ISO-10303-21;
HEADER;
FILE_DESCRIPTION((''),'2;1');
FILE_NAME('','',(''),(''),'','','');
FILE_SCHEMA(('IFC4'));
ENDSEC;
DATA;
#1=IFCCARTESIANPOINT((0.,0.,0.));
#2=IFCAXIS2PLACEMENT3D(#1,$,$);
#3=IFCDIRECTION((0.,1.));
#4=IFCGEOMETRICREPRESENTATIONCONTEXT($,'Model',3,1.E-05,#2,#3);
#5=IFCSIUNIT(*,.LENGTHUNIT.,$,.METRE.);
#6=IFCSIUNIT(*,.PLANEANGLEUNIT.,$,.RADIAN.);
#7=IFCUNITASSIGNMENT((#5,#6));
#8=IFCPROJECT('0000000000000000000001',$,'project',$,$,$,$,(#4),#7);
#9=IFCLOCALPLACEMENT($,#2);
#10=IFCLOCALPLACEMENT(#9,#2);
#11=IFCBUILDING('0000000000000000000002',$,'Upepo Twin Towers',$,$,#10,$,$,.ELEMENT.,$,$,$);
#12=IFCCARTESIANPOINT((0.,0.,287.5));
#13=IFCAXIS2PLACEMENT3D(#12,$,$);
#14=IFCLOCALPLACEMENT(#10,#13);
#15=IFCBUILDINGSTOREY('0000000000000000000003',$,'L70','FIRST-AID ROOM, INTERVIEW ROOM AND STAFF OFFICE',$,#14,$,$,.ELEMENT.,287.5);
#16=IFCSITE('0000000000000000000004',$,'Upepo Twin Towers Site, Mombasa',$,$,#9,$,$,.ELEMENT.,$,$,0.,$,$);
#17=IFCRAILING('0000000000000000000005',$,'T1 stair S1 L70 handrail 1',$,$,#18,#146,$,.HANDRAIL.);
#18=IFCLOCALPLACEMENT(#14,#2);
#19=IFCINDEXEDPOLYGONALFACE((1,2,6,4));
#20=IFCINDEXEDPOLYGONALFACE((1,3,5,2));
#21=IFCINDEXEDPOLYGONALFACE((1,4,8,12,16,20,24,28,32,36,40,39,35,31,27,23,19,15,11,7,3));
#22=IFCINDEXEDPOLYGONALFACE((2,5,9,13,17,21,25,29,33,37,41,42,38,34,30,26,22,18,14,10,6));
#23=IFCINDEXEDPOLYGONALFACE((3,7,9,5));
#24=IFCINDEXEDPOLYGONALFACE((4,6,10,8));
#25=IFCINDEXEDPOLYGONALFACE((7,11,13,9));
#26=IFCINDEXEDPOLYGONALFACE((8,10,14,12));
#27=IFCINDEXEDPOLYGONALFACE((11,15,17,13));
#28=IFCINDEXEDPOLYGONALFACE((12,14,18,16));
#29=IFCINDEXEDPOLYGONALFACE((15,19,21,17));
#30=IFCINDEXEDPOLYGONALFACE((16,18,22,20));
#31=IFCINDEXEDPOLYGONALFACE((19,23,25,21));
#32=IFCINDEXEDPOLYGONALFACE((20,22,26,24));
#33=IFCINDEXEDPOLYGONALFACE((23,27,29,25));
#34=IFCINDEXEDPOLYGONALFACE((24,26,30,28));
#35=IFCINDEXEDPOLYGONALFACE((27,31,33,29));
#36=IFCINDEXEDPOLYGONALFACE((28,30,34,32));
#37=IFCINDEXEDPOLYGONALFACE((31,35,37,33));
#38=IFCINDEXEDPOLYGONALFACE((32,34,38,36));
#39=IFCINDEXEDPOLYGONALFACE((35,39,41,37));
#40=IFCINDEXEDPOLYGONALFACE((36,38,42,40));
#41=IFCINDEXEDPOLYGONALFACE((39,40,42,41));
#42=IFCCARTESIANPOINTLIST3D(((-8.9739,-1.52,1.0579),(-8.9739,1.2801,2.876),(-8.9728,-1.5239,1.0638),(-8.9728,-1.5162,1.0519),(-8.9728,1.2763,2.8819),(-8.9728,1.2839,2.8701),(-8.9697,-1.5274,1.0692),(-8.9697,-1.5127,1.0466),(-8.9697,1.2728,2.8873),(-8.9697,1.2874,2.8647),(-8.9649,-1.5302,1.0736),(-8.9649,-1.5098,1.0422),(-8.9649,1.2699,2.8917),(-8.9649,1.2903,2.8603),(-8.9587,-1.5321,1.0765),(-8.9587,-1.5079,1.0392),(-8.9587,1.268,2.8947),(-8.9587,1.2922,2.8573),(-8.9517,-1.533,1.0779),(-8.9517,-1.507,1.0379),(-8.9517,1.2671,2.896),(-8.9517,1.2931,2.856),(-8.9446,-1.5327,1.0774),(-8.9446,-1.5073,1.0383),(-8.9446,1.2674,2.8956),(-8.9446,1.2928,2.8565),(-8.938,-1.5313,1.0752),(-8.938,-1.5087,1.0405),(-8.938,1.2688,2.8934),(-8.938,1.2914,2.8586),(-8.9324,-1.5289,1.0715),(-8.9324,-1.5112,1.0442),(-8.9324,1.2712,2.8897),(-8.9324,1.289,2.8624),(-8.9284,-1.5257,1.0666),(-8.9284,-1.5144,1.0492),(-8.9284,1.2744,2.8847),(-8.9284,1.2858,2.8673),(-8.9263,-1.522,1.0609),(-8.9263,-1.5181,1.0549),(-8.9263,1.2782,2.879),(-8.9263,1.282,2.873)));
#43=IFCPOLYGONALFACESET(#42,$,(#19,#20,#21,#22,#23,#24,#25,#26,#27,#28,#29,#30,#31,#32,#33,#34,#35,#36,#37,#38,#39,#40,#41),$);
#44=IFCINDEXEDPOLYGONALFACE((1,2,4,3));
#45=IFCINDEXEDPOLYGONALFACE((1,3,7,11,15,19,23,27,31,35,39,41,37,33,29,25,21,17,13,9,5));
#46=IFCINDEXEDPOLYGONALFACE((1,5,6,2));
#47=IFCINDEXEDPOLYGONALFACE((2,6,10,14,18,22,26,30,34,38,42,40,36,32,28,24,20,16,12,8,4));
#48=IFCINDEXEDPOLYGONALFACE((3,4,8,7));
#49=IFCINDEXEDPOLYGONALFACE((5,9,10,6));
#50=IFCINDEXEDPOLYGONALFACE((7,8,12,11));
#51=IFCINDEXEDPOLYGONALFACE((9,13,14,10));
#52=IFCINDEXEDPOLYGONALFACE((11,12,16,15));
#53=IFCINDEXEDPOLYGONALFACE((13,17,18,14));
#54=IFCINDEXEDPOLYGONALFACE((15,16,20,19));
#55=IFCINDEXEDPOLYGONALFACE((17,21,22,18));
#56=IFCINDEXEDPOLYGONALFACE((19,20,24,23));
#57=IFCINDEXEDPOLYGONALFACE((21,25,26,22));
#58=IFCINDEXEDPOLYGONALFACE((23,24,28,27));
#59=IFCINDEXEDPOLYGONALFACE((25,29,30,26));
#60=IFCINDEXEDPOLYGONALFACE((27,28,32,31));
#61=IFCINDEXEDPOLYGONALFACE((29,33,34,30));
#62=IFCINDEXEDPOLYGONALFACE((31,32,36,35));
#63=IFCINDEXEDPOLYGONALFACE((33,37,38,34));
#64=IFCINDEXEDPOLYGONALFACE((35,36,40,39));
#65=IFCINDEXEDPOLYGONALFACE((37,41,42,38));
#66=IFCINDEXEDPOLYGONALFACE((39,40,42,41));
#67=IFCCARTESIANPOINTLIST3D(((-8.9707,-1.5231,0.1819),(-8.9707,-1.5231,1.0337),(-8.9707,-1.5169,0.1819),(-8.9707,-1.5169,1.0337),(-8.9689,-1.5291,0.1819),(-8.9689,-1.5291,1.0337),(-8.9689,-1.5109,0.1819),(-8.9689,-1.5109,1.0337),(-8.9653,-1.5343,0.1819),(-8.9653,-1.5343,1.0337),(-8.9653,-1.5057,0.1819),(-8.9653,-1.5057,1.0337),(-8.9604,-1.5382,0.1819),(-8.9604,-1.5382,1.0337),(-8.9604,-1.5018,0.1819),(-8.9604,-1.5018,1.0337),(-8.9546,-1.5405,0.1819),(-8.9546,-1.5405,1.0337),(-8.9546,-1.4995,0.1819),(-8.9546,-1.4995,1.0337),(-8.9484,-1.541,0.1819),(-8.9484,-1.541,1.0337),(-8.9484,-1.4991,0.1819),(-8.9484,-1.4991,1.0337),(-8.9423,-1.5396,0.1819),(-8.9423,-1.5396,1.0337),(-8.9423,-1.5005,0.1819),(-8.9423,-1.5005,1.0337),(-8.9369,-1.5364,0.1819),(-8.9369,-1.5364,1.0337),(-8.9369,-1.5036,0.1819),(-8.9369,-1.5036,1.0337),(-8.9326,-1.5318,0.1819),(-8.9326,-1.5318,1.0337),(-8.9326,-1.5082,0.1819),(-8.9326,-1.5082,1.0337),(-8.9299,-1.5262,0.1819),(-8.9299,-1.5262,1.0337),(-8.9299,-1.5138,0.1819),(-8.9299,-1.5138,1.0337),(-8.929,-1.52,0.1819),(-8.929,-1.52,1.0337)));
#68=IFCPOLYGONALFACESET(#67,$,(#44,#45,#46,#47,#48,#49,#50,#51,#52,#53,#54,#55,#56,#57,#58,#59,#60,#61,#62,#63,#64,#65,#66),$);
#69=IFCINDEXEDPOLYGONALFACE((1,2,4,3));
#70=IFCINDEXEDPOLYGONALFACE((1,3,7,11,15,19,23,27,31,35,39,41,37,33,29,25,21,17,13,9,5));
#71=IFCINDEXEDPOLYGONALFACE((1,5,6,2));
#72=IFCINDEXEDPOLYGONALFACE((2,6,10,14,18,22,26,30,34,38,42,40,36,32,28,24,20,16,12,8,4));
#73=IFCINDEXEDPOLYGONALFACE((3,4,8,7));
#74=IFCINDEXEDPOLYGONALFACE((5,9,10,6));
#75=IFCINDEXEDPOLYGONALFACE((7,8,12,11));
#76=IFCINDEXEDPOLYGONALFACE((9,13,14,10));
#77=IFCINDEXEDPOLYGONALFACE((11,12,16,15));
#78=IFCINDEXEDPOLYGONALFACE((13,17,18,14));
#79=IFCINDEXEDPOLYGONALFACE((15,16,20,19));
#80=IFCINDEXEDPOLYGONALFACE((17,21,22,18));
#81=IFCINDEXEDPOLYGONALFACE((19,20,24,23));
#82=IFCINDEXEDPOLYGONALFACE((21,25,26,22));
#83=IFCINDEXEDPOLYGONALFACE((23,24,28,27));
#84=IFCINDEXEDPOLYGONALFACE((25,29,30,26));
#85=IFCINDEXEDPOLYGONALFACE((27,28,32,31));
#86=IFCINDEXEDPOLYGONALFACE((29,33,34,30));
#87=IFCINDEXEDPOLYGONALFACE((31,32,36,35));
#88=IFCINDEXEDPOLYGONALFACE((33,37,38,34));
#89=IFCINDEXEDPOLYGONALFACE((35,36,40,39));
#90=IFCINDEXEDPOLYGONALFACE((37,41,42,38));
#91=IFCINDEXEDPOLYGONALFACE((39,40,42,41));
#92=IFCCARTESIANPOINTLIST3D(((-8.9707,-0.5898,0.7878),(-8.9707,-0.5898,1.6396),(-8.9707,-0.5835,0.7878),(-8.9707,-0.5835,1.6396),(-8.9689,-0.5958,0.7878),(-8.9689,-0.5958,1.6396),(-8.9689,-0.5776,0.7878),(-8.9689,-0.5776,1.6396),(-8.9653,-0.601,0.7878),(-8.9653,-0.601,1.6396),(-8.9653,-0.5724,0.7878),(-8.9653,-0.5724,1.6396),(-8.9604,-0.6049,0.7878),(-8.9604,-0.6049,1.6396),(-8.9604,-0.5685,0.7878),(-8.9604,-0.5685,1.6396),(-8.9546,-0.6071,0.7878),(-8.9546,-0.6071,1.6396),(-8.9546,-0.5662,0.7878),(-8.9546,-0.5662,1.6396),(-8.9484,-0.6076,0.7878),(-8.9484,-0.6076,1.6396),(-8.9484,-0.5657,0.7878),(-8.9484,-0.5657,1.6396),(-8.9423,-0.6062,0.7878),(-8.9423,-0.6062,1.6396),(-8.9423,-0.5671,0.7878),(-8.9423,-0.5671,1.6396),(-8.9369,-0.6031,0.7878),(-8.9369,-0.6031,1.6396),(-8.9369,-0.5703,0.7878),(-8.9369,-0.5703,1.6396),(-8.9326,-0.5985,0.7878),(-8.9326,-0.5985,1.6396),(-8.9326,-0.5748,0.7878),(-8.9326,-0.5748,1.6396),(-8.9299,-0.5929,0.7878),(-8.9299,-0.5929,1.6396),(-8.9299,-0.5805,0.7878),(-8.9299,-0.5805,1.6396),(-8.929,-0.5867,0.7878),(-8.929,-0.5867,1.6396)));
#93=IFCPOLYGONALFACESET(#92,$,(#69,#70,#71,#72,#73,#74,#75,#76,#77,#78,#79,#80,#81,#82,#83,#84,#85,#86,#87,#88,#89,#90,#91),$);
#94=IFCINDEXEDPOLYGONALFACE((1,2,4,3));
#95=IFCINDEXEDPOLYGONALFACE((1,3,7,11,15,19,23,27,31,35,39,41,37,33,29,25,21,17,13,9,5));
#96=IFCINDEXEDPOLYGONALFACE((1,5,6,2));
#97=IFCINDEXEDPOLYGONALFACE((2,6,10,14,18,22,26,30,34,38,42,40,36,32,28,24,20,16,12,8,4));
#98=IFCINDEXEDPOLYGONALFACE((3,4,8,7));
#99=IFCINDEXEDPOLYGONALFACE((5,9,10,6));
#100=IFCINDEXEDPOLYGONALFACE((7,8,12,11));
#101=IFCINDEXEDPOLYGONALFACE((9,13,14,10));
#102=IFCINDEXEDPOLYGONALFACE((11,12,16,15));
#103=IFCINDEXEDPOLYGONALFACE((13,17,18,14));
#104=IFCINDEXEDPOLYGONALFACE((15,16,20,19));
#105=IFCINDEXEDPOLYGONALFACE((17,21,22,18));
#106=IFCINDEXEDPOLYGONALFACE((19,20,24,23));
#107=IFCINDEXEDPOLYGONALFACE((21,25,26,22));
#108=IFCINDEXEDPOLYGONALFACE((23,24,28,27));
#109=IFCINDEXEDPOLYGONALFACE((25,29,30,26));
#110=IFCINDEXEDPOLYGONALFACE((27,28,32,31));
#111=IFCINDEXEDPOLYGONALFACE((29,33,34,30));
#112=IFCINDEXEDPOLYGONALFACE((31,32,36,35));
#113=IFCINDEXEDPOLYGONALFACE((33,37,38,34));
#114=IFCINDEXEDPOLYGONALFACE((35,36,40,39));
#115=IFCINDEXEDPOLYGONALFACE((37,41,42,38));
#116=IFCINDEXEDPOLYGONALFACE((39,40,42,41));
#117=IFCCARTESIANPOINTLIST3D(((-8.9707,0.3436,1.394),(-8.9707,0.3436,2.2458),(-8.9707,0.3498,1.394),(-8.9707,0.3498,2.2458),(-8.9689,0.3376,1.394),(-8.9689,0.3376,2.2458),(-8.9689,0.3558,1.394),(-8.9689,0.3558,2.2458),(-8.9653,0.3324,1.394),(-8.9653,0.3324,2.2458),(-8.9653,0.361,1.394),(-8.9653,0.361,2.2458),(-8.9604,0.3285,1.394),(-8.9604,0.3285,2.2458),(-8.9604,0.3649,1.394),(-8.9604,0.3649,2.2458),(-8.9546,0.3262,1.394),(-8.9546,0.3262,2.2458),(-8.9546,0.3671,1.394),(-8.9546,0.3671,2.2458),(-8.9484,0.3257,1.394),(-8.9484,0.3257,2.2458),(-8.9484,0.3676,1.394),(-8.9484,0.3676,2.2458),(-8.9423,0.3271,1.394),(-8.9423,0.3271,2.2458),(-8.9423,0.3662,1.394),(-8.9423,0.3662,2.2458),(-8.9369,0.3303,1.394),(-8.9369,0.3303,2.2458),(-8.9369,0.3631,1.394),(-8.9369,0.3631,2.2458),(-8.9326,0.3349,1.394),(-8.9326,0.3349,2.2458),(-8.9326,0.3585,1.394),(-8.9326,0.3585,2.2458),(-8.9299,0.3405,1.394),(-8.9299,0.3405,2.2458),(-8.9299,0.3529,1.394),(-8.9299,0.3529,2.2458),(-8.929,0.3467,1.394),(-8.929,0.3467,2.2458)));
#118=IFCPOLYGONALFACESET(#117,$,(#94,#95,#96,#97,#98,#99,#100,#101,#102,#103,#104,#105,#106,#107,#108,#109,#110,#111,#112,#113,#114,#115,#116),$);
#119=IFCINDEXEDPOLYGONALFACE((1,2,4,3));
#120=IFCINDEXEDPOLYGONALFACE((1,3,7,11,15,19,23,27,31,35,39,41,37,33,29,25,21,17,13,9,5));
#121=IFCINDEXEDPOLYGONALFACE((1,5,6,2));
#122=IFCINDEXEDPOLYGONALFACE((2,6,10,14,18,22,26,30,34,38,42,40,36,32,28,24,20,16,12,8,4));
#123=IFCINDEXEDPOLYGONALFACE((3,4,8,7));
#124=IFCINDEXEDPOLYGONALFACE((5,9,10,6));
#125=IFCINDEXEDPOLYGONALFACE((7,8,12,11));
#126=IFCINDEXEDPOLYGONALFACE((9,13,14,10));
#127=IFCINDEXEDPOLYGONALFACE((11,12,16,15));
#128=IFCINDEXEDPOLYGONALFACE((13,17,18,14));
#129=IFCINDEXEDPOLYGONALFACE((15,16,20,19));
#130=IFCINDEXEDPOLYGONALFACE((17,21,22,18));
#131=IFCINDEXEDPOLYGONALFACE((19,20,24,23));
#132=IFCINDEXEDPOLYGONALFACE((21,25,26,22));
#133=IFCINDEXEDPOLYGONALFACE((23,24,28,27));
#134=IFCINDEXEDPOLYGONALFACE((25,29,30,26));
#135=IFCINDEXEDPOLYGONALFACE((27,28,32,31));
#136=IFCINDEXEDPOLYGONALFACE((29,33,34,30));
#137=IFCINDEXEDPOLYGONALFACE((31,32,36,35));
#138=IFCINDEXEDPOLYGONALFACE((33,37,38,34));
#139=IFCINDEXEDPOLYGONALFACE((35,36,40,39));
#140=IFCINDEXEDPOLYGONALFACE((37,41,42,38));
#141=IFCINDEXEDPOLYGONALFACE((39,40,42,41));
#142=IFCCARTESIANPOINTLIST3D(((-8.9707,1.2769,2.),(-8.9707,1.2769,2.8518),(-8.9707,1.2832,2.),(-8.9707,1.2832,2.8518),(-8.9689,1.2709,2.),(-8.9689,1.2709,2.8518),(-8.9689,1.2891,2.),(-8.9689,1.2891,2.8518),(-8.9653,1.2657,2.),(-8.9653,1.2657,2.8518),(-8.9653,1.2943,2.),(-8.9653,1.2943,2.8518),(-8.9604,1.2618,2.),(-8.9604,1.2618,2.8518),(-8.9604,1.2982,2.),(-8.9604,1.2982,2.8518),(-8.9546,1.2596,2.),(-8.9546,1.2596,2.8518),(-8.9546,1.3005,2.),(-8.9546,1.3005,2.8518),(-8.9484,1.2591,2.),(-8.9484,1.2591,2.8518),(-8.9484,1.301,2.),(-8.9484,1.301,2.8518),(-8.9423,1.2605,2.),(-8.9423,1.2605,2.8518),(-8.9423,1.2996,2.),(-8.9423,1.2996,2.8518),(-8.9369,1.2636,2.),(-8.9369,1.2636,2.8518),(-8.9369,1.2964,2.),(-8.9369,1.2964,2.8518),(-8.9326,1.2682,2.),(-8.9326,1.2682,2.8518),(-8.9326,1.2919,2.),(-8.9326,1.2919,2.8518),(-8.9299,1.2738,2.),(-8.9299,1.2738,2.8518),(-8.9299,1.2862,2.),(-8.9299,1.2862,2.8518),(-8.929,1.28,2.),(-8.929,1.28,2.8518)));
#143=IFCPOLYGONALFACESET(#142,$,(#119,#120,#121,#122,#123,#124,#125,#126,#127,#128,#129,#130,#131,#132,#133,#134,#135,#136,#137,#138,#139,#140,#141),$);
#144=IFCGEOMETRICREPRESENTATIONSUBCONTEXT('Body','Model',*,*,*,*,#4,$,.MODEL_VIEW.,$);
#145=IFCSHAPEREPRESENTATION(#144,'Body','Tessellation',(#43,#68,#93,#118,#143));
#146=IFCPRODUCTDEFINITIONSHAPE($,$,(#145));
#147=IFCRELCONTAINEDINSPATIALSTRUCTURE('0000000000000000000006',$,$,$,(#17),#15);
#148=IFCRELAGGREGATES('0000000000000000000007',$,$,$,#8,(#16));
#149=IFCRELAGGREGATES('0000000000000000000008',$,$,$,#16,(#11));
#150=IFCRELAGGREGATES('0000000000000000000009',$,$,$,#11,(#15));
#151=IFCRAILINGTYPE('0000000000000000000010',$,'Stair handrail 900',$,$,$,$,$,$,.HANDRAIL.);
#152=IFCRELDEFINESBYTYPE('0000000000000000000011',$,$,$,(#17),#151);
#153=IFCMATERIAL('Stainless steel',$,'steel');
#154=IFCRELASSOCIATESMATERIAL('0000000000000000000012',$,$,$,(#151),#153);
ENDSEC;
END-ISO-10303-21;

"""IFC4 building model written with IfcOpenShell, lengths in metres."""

from ifc_helpers import new_model, si_unit, direction, frame, origin, origin_2d, place, context, subcontext, project, spatial, circle, extrude, material, type_object, element, save


model = new_model("IFC4")

# Units and contexts
model_context = context("Model", 3, precision=1e-05, world=origin(), true_north=direction((0.0, 1.0)))
body_context = subcontext(model_context, "Body", "Model", "MODEL_VIEW")
ifc_project = project(units=[si_unit("LENGTHUNIT", "METRE"), si_unit("PLANEANGLEUNIT", "RADIAN")], contexts=[model_context])

# Site, building, storey
site_placement = place(None, origin())
site = spatial("IfcSite", under=ifc_project, at=site_placement, Name="Upepo Twin Towers Site, Mombasa", CompositionType="ELEMENT", RefElevation=0.0)
building_placement = place(site_placement, origin())
building = spatial("IfcBuilding", under=site, at=building_placement, Name="Upepo Twin Towers", CompositionType="ELEMENT")
storey_placement = place(building_placement, frame((0.0, 0.0, 287.5)))
storey = spatial("IfcBuildingStorey", under=building, at=storey_placement, Name="L70", Description="FIRST-AID ROOM, INTERVIEW ROOM AND STAFF OFFICE", CompositionType="ELEMENT", Elevation=287.5)

# Railing
ifc_material_1 = material(Name="Stainless steel", Category="steel")
railing_type = type_object("IfcRailingType", Name="Stair handrail 900", PredefinedType="HANDRAIL", material=ifc_material_1)
railing_placement = place(storey_placement, frame((-8.95, -1.52, 0.1819)))
element("IfcRailing", 1, at=railing_placement, inside=storey, type_object=railing_type, Name="T1 stair S1 L70 handrail 1", PredefinedType="HANDRAIL", context=body_context, shape_type="SweptSolid", body=[
    extrude(circle(Radius=0.0239, at=origin_2d()), frame((0.0, 0.0, 0.876), z_axis=(0.0, 0.838706, 0.544585), x_axis=(-1.0, 0.0, 0.0)), (0.0, 0.0, 1.0), 3.3386),
    extrude(circle(Radius=0.021, at=origin_2d()), origin(), (0.0, 0.0, 1.0), 0.8518),
    extrude(circle(Radius=0.021, at=origin_2d()), frame((0.0, 0.9333, 0.606)), (0.0, 0.0, 1.0), 0.8518),
    extrude(circle(Radius=0.021, at=origin_2d()), frame((0.0, 1.8667, 1.2122)), (0.0, 0.0, 1.0), 0.8518),
    extrude(circle(Radius=0.021, at=origin_2d()), frame((0.0, 2.8, 1.8181)), (0.0, 0.0, 1.0), 0.8518),
])

save(model, "model.ifc")
